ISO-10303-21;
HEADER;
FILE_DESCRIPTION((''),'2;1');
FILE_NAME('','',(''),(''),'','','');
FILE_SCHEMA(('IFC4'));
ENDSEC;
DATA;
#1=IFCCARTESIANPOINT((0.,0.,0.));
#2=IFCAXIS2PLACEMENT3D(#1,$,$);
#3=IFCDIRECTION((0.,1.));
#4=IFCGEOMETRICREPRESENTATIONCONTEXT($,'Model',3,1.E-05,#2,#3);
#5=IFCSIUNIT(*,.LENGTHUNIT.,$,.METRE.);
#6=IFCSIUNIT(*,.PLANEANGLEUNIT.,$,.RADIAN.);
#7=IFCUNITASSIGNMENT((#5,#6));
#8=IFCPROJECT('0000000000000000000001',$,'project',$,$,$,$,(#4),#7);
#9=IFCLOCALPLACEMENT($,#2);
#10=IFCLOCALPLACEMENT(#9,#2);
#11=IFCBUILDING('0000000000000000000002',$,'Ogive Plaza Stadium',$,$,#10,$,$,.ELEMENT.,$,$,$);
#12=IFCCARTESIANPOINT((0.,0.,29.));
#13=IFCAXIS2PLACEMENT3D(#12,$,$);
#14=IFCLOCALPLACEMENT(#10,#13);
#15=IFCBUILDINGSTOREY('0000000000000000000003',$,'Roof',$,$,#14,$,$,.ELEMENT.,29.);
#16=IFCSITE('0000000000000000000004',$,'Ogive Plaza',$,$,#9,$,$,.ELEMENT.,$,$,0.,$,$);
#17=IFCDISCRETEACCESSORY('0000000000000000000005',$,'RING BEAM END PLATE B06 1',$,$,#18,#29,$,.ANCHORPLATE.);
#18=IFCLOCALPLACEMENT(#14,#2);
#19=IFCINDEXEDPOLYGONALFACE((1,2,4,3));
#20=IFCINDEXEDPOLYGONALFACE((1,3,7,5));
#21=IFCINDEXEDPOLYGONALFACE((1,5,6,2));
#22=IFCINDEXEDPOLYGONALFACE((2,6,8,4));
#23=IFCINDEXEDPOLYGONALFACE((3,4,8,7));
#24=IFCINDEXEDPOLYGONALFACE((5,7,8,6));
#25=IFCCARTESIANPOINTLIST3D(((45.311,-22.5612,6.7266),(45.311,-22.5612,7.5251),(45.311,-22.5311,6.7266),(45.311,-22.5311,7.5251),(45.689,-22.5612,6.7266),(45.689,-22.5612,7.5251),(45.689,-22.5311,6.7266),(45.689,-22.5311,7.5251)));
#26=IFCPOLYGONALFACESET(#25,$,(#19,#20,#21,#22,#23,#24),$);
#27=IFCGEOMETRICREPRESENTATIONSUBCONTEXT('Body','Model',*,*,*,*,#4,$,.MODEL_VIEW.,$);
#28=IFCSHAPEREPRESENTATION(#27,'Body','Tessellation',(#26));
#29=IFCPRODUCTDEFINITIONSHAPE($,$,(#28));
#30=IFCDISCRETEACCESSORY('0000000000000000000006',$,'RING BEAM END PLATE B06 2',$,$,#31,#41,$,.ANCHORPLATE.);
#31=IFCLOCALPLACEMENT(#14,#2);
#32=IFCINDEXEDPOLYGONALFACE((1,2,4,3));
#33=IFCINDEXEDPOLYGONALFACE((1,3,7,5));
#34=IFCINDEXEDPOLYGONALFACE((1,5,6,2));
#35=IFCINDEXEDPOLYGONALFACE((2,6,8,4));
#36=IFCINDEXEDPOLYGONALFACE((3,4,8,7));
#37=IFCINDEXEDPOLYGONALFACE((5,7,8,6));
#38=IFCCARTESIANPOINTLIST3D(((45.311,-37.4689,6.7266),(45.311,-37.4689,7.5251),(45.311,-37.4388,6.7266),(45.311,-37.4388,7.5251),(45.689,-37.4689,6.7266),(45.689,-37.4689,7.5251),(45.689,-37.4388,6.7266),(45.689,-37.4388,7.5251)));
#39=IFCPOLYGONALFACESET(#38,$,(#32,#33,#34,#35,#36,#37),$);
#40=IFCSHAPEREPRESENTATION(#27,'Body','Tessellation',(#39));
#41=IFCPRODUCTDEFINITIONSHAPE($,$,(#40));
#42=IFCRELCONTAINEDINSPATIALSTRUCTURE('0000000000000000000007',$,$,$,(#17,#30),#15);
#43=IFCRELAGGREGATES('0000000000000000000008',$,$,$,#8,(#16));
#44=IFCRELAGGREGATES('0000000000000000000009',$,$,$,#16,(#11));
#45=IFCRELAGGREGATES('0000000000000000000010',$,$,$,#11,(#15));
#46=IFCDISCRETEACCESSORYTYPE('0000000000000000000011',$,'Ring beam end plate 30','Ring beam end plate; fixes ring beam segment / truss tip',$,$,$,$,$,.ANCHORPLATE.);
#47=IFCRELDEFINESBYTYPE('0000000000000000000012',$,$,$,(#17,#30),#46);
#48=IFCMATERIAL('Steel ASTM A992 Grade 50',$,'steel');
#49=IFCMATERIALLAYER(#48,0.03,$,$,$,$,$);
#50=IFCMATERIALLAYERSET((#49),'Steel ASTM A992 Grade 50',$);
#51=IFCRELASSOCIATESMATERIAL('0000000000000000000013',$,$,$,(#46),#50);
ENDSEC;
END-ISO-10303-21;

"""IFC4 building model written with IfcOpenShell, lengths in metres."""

from ifc_helpers import new_model, si_unit, direction, frame, origin, origin_2d, place, context, subcontext, project, spatial, rectangle, extrude, material, layer, layer_set, type_object, element, save


model = new_model("IFC4")

# Units and contexts
model_context = context("Model", 3, precision=1e-05, world=origin(), true_north=direction((0.0, 1.0)))
body_context = subcontext(model_context, "Body", "Model", "MODEL_VIEW")
ifc_project = project(units=[si_unit("LENGTHUNIT", "METRE"), si_unit("PLANEANGLEUNIT", "RADIAN")], contexts=[model_context])

# Site, building, storey
site_placement = place(None, origin())
site = spatial("IfcSite", under=ifc_project, at=site_placement, Name="Ogive Plaza", CompositionType="ELEMENT", RefElevation=0.0)
building_placement = place(site_placement, origin())
building = spatial("IfcBuilding", under=site, at=building_placement, Name="Ogive Plaza Stadium", CompositionType="ELEMENT")
storey_placement = place(building_placement, frame((0.0, 0.0, 29.0)))
storey = spatial("IfcBuildingStorey", under=building, at=storey_placement, Name="Roof", CompositionType="ELEMENT", Elevation=29.0)

# Discrete accessories
ifc_material_1 = material(Name="Steel ASTM A992 Grade 50", Category="steel")
ifc_layer_1 = layer(ifc_material_1, 0.03)
ifc_layer_set_1 = layer_set([ifc_layer_1], Name="Steel ASTM A992 Grade 50")
discrete_accessory_type = type_object("IfcDiscreteAccessoryType", Name="Ring beam end plate 30", Description="Ring beam end plate; fixes ring beam segment / truss tip", PredefinedType="ANCHORPLATE", material=ifc_layer_set_1)
for number, where, z_axis, x_axis, name in (
    (1, (45.5, -22.5461, 6.7266), (0.0, 0.0, 1.0), (0.0, -1.0, 0.0), "RING BEAM END PLATE B06 1"),
    (2, (45.5, -37.4539, 6.7266), (0.0, 0.0, 1.0), (0.0, -1.0, 0.0), "RING BEAM END PLATE B06 2"),
):
    element("IfcDiscreteAccessory", number, at=place(storey_placement, frame(where, z_axis=z_axis, x_axis=x_axis)), inside=storey, type_object=discrete_accessory_type, Name=name, PredefinedType="ANCHORPLATE", context=body_context, shape_type="SweptSolid", body=[
        extrude(rectangle(XDim=0.03, YDim=0.3779, at=origin_2d()), origin(), (0.0, 0.0, 1.0), 0.7986),
    ])

save(model, "model.ifc")
